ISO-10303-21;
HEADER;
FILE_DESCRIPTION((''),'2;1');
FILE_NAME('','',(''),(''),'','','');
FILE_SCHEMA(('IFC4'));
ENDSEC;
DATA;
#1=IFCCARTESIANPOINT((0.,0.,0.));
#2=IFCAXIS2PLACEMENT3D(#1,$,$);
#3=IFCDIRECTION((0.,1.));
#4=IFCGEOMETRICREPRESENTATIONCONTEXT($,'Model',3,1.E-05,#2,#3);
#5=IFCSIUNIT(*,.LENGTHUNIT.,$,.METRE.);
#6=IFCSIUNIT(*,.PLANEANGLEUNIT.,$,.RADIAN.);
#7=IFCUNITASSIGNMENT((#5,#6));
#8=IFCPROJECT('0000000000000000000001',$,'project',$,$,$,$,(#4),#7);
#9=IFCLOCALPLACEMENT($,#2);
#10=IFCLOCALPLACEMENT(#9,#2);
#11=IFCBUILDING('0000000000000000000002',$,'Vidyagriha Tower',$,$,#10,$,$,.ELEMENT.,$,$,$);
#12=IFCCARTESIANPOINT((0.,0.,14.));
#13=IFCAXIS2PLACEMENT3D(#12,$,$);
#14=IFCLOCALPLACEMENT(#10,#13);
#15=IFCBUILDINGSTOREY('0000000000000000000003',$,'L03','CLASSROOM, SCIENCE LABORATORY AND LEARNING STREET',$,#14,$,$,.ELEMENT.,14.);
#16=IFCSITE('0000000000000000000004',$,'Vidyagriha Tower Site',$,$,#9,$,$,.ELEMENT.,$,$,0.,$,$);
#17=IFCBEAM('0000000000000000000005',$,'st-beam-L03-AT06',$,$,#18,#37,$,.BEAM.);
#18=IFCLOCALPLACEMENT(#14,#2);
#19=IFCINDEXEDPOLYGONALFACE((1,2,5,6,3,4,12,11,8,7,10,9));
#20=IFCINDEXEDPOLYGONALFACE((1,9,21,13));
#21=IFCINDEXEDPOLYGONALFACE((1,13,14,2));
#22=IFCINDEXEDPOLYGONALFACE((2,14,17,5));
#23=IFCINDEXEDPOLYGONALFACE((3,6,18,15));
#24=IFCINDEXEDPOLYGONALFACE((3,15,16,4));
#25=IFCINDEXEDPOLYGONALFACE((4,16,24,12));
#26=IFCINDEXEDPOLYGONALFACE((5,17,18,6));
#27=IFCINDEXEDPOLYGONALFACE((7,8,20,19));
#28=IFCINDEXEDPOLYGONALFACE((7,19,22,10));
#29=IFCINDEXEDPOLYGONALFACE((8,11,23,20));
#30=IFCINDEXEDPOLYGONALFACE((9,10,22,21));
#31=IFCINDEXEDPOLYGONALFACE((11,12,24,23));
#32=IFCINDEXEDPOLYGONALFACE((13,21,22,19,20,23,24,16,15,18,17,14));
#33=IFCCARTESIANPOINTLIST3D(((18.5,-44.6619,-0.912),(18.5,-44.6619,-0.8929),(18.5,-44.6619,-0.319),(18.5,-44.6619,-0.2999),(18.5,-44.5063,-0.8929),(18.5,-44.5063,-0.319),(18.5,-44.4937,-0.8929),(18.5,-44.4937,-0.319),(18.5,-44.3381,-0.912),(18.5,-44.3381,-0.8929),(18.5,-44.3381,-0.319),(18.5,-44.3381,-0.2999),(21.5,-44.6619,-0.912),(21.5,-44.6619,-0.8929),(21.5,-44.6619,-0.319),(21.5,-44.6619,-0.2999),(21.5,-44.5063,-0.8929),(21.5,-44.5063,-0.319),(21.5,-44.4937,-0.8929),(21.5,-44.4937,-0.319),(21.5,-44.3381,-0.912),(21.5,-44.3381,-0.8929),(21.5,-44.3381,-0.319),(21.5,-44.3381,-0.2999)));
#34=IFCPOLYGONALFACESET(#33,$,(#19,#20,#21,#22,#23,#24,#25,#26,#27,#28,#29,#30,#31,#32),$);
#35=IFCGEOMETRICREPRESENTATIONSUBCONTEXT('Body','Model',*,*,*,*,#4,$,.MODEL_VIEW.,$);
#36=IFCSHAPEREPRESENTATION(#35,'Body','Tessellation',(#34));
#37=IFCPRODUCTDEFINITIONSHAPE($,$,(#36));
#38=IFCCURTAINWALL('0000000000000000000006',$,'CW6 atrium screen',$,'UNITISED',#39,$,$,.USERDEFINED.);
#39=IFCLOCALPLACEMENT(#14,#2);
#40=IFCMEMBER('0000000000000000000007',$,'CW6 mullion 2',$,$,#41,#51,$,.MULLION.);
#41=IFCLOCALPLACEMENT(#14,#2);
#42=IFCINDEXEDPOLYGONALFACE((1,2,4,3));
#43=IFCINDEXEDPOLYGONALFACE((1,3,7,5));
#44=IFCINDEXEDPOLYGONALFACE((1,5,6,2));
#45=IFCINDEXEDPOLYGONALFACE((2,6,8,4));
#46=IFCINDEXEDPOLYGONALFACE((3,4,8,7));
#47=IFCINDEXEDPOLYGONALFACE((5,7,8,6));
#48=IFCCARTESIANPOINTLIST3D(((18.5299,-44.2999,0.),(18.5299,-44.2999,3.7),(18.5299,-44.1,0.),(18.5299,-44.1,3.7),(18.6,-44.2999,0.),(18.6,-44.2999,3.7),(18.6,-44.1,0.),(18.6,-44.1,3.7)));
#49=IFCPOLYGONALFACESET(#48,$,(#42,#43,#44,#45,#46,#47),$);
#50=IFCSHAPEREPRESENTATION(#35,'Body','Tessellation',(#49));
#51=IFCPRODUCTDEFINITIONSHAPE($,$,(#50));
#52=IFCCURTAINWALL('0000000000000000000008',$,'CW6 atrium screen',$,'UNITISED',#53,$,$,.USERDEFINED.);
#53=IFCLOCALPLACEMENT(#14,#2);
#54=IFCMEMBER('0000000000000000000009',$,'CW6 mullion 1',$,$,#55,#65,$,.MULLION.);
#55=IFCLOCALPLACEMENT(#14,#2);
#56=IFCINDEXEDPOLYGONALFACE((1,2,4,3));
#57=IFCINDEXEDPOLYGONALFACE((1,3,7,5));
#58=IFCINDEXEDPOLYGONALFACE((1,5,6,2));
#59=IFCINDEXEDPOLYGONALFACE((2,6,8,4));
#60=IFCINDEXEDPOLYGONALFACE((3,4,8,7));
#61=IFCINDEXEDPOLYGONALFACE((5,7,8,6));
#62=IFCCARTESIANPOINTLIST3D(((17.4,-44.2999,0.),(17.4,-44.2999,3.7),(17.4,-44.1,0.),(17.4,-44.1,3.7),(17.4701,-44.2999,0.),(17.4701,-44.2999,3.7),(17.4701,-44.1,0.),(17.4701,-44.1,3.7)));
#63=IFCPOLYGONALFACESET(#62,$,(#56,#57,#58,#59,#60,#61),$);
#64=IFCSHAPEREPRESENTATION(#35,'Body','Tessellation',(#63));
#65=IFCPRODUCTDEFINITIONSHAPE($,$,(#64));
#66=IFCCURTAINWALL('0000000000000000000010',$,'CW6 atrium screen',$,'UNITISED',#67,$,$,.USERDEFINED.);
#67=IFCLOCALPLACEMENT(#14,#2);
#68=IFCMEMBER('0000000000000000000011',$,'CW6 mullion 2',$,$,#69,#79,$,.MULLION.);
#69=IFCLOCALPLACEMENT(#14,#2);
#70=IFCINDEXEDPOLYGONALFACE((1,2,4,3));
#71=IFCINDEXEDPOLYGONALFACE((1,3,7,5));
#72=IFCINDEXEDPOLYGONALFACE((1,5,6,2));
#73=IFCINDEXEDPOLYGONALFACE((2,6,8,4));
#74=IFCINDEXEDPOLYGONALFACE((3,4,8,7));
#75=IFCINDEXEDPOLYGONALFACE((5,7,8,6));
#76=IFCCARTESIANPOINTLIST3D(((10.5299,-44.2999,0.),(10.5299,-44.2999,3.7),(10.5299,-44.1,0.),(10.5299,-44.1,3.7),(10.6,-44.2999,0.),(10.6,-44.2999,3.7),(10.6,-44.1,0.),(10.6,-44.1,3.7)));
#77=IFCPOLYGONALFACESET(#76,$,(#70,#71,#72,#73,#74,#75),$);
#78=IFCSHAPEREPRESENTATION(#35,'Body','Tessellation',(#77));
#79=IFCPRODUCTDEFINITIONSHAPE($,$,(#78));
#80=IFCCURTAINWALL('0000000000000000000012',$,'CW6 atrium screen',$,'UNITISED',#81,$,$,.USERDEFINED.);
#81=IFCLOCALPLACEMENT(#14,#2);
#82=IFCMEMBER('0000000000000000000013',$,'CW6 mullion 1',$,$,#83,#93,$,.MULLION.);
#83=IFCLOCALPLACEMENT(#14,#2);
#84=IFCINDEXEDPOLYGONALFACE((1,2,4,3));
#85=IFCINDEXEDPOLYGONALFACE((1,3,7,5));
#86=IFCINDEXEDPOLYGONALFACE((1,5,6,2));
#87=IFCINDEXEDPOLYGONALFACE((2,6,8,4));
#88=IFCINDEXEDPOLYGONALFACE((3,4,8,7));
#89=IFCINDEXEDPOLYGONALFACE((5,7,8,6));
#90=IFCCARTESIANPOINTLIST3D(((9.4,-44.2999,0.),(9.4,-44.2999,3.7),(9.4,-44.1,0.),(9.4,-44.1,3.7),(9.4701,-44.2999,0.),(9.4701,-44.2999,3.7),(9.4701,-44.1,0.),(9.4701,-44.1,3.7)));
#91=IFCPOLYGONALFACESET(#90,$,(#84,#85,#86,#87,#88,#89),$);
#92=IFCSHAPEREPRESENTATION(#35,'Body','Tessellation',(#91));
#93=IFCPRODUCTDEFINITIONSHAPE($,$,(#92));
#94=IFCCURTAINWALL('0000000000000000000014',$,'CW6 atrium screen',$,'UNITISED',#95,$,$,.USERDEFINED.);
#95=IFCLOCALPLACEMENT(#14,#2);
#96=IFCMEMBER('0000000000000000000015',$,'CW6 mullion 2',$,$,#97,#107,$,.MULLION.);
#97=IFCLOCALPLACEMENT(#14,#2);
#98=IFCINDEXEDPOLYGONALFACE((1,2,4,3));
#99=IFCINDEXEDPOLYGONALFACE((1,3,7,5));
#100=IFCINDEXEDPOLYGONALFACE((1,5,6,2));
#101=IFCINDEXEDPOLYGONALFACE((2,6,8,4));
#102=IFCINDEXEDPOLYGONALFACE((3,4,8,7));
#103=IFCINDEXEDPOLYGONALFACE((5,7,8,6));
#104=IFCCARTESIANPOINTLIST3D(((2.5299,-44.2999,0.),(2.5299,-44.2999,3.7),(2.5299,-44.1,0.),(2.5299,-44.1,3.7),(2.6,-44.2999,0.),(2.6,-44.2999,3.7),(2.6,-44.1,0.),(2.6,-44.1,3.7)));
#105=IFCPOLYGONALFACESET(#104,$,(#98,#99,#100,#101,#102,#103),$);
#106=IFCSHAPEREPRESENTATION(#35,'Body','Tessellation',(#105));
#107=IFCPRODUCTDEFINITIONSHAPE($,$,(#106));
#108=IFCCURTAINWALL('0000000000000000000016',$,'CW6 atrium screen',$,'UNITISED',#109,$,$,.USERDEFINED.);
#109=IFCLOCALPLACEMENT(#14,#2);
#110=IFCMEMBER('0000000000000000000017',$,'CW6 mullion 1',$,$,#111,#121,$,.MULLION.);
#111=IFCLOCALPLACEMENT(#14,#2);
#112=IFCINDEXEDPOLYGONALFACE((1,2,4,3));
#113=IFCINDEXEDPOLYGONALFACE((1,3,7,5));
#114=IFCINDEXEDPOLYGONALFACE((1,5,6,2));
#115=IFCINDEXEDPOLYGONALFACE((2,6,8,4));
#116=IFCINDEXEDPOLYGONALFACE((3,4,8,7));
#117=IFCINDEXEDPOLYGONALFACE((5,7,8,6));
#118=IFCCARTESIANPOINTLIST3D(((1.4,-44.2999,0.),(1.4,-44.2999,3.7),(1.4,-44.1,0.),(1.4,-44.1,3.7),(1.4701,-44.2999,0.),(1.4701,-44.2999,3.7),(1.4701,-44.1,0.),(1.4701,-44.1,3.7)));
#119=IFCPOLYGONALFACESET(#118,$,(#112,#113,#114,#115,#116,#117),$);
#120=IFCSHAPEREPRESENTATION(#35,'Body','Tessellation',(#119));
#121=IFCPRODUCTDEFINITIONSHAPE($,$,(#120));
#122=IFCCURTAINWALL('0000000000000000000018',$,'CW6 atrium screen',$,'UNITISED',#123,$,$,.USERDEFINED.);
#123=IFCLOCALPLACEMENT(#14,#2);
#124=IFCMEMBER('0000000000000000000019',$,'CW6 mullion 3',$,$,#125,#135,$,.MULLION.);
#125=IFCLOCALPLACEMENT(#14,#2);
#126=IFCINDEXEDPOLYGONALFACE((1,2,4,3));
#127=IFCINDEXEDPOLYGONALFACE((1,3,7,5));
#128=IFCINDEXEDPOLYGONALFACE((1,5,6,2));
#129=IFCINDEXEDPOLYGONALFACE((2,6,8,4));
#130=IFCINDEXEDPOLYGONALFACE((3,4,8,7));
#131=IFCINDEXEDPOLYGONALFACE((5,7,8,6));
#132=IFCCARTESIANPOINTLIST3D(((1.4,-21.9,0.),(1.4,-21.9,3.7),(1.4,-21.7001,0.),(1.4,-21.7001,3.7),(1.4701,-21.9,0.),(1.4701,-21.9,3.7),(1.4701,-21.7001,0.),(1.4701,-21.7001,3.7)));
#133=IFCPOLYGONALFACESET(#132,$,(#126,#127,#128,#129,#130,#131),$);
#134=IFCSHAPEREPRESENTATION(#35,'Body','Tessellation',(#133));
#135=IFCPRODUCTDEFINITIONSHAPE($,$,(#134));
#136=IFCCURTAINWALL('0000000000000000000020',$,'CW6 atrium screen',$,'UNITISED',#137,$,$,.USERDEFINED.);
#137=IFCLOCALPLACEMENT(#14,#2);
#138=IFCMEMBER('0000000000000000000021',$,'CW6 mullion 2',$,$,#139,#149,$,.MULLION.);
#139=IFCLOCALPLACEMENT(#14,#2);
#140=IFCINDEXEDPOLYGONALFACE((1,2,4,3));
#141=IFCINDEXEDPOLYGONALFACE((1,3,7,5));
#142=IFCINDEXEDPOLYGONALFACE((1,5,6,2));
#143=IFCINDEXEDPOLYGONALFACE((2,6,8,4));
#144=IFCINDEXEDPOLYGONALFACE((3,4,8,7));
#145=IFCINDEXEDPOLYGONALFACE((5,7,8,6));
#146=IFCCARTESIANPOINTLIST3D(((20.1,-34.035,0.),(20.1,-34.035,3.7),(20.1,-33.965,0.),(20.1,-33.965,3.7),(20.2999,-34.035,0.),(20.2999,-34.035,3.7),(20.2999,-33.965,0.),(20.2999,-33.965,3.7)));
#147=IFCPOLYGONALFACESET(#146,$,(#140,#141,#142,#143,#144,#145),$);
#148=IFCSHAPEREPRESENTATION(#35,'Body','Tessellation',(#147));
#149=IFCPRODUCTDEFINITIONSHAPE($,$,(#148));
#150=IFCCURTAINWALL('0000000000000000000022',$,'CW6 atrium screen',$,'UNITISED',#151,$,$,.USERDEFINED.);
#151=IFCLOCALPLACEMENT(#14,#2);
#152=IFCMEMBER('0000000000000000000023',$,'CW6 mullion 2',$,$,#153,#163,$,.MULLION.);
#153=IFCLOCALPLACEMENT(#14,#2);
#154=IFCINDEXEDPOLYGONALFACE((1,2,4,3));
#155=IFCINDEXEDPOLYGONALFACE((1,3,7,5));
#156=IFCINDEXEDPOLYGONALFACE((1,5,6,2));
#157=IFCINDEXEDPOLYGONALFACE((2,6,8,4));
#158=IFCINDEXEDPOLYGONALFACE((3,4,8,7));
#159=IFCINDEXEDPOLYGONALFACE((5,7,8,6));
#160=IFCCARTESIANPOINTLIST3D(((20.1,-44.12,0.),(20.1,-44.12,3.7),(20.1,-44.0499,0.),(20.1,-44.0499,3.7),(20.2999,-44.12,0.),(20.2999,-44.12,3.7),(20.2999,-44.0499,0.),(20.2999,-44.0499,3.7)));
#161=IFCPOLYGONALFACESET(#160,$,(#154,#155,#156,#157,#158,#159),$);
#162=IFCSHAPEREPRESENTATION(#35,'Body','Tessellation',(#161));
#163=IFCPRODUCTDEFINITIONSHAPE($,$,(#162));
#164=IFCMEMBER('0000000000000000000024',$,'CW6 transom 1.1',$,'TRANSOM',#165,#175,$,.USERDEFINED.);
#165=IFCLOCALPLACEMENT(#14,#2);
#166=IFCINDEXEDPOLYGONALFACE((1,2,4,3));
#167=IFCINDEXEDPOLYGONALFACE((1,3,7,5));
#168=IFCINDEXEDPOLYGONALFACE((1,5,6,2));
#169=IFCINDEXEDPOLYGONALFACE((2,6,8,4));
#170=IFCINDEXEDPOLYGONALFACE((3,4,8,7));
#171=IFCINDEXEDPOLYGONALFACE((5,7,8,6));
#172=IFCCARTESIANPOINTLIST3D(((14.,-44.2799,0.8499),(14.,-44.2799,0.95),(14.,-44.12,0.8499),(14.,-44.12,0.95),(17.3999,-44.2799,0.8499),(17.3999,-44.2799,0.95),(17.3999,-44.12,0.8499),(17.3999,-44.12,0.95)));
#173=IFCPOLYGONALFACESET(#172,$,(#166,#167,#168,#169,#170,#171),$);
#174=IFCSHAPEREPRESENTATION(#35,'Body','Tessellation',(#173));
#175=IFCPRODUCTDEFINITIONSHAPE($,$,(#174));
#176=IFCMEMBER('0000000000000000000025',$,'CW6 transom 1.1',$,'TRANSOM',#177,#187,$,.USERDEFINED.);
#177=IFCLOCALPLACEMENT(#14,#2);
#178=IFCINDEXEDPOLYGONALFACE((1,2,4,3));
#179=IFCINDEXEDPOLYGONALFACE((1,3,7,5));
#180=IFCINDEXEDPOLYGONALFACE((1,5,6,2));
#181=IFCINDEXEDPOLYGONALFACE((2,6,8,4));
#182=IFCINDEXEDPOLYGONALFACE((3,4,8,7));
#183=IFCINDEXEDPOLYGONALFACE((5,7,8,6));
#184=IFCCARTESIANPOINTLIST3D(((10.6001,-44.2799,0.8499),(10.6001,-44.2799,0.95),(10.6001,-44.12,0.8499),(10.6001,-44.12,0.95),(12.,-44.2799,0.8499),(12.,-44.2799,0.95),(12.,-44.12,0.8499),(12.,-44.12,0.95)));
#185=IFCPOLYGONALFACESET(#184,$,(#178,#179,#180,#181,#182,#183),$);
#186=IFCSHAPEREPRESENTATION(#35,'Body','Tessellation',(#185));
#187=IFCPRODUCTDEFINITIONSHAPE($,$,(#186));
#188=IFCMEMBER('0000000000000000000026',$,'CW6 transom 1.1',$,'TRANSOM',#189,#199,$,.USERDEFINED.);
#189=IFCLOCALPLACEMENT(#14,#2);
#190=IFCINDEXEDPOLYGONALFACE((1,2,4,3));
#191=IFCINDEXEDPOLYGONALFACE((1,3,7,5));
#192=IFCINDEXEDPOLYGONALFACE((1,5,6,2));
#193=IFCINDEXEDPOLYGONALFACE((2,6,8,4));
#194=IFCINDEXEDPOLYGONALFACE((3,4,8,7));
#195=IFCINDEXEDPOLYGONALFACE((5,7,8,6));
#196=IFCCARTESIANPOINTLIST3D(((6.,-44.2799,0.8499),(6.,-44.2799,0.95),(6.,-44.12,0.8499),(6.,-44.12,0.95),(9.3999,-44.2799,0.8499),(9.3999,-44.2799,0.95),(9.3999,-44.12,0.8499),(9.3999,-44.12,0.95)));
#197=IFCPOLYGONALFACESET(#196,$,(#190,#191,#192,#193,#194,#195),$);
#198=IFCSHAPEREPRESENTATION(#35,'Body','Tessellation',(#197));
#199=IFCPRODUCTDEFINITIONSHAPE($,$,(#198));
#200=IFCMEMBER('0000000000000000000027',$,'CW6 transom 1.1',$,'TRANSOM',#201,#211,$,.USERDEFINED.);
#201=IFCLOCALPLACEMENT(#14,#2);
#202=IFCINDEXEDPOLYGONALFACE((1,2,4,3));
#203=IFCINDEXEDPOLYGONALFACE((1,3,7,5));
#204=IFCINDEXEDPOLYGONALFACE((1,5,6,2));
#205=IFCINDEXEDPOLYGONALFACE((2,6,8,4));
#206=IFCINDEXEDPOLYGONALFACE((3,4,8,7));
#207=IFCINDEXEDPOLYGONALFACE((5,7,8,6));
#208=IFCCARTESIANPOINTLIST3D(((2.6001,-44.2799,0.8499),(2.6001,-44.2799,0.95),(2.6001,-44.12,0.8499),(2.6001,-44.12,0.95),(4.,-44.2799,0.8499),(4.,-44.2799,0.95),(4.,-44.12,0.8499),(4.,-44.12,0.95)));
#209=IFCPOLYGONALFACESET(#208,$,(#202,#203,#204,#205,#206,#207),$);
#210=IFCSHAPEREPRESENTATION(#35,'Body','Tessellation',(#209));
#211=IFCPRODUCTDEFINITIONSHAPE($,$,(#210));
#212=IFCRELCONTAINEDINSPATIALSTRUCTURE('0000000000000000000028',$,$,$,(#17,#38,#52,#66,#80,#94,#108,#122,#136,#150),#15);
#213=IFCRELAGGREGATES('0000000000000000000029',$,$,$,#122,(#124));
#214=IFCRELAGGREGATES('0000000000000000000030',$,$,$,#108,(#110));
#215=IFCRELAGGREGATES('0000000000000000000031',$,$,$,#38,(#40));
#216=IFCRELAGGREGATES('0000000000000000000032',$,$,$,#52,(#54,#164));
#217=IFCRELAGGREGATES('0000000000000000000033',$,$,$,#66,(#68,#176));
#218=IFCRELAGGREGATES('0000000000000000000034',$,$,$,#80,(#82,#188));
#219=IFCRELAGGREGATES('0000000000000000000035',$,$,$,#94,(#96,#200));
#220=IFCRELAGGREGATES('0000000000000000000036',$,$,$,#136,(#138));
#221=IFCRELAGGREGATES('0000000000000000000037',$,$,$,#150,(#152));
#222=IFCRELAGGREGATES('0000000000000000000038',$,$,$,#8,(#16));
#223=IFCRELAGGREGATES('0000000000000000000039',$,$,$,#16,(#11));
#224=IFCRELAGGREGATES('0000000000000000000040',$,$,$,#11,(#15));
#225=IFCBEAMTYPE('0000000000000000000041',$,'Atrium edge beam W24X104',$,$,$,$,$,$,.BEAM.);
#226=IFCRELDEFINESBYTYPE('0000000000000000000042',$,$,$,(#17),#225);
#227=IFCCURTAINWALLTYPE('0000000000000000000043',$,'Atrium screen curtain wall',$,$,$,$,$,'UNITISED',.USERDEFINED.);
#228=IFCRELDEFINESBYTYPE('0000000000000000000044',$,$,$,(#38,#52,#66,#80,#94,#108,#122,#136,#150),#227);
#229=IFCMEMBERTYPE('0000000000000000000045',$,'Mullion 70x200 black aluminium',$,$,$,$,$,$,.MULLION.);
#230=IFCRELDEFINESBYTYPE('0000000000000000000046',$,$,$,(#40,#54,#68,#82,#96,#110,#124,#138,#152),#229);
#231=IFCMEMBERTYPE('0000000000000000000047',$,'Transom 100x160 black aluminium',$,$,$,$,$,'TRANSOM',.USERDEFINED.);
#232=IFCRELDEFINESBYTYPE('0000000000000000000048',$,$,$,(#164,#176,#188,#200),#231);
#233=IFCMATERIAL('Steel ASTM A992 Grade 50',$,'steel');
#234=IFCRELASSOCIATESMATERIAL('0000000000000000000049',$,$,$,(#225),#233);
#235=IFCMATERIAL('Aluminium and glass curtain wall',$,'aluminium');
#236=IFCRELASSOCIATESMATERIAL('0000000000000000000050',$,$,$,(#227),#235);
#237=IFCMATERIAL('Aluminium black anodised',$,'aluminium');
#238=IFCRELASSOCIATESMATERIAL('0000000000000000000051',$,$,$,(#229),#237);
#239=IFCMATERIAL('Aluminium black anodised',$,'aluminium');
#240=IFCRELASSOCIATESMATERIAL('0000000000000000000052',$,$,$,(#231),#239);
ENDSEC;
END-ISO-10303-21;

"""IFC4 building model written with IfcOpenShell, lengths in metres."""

from ifc_helpers import new_model, si_unit, direction, frame, origin, origin_2d, place, context, subcontext, project, spatial, rectangle, i_section, extrude, material, material_profile, profile_set, type_object, element, aggregate, save


model = new_model("IFC4")

# Units and contexts
model_context = context("Model", 3, precision=1e-05, world=origin(), true_north=direction((0.0, 1.0)))
body_context = subcontext(model_context, "Body", "Model", "MODEL_VIEW")
ifc_project = project(units=[si_unit("LENGTHUNIT", "METRE"), si_unit("PLANEANGLEUNIT", "RADIAN")], contexts=[model_context])

# Site, building, storey
site_placement = place(None, origin())
site = spatial("IfcSite", under=ifc_project, at=site_placement, Name="Vidyagriha Tower Site", CompositionType="ELEMENT", RefElevation=0.0)
building_placement = place(site_placement, origin())
building = spatial("IfcBuilding", under=site, at=building_placement, Name="Vidyagriha Tower", CompositionType="ELEMENT")
storey_placement = place(building_placement, frame((0.0, 0.0, 14.0)))
storey = spatial("IfcBuildingStorey", under=building, at=storey_placement, Name="L03", Description="CLASSROOM, SCIENCE LABORATORY AND LEARNING STREET", CompositionType="ELEMENT", Elevation=14.0)

# Beam
ifc_material_1 = material(Name="Steel ASTM A992 Grade 50", Category="steel")
ifc_material_profile_1 = material_profile(ifc_material_1, i_section(OverallWidth=0.3237, OverallDepth=0.6121, WebThickness=0.0127, FlangeThickness=0.019, at=origin_2d()), Name="W24X104")
ifc_profile_set_1 = profile_set([ifc_material_profile_1], Name="Steel ASTM A992 Grade 50")
beam_type = type_object("IfcBeamType", Name="Atrium edge beam W24X104", PredefinedType="BEAM", material=ifc_profile_set_1)
beam_placement = place(storey_placement, frame((18.5, -44.5, -0.606), z_axis=(1.0, 0.0, 0.0), x_axis=(0.0, 1.0, 0.0)))
element("IfcBeam", 1, at=beam_placement, inside=storey, type_object=beam_type, Name="st-beam-L03-AT06", PredefinedType="BEAM", context=body_context, shape_type="SweptSolid", body=[
    extrude(i_section(OverallWidth=0.3237, OverallDepth=0.6121, WebThickness=0.0127, FlangeThickness=0.019, at=origin_2d()), origin(), (0.0, 0.0, 1.0), 3.0),
])

# Curtain walls, members
ifc_material_2 = material(Name="Aluminium and glass curtain wall", Category="aluminium")
curtain_wall_type = type_object("IfcCurtainWallType", Name="Atrium screen curtain wall", ElementType="UNITISED", PredefinedType="USERDEFINED", material=ifc_material_2)
curtain_wall_1_placement = place(storey_placement, origin())
curtain_wall_1 = element("IfcCurtainWall", 2, at=curtain_wall_1_placement, inside=storey, type_object=curtain_wall_type, Name="CW6 atrium screen", ObjectType="UNITISED", PredefinedType="USERDEFINED")
ifc_material_3 = material(Name="Aluminium black anodised", Category="aluminium")
ifc_material_profile_2 = material_profile(ifc_material_3, rectangle(XDim=0.2, YDim=0.0701, at=origin_2d()), Name="Mullion 70x200 black aluminium")
ifc_profile_set_2 = profile_set([ifc_material_profile_2], Name="Aluminium black anodised")
member_type_1 = type_object("IfcMemberType", Name="Mullion 70x200 black aluminium", PredefinedType="MULLION", material=ifc_profile_set_2)
member_1_placement = place(storey_placement, frame((18.5649, -44.2, 0.0), z_axis=(0.0, 0.0, 1.0), x_axis=(0.0, -1.0, 0.0)))
member_1 = element("IfcMember", 3, at=member_1_placement, type_object=member_type_1, Name="CW6 mullion 2", PredefinedType="MULLION", context=body_context, shape_type="SweptSolid", body=[
    extrude(rectangle(XDim=0.2, YDim=0.0701, at=origin_2d()), origin(), (0.0, 0.0, 1.0), 3.7),
])
curtain_wall_2_placement = place(storey_placement, origin())
curtain_wall_2 = element("IfcCurtainWall", 4, at=curtain_wall_2_placement, inside=storey, type_object=curtain_wall_type, Name="CW6 atrium screen", ObjectType="UNITISED", PredefinedType="USERDEFINED")
member_2_placement = place(storey_placement, frame((17.4351, -44.2, 0.0), z_axis=(0.0, 0.0, 1.0), x_axis=(0.0, -1.0, 0.0)))
member_2 = element("IfcMember", 5, at=member_2_placement, type_object=member_type_1, Name="CW6 mullion 1", PredefinedType="MULLION", context=body_context, shape_type="SweptSolid", body=[
    extrude(rectangle(XDim=0.2, YDim=0.0701, at=origin_2d()), origin(), (0.0, 0.0, 1.0), 3.7),
])
curtain_wall_3_placement = place(storey_placement, origin())
curtain_wall_3 = element("IfcCurtainWall", 6, at=curtain_wall_3_placement, inside=storey, type_object=curtain_wall_type, Name="CW6 atrium screen", ObjectType="UNITISED", PredefinedType="USERDEFINED")
member_3_placement = place(storey_placement, frame((10.5649, -44.2, 0.0), z_axis=(0.0, 0.0, 1.0), x_axis=(0.0, -1.0, 0.0)))
member_3 = element("IfcMember", 7, at=member_3_placement, type_object=member_type_1, Name="CW6 mullion 2", PredefinedType="MULLION", context=body_context, shape_type="SweptSolid", body=[
    extrude(rectangle(XDim=0.2, YDim=0.0701, at=origin_2d()), origin(), (0.0, 0.0, 1.0), 3.7),
])
curtain_wall_4_placement = place(storey_placement, origin())
curtain_wall_4 = element("IfcCurtainWall", 8, at=curtain_wall_4_placement, inside=storey, type_object=curtain_wall_type, Name="CW6 atrium screen", ObjectType="UNITISED", PredefinedType="USERDEFINED")
member_4_placement = place(storey_placement, frame((9.4351, -44.2, 0.0), z_axis=(0.0, 0.0, 1.0), x_axis=(0.0, -1.0, 0.0)))
member_4 = element("IfcMember", 9, at=member_4_placement, type_object=member_type_1, Name="CW6 mullion 1", PredefinedType="MULLION", context=body_context, shape_type="SweptSolid", body=[
    extrude(rectangle(XDim=0.2, YDim=0.0701, at=origin_2d()), origin(), (0.0, 0.0, 1.0), 3.7),
])
curtain_wall_5_placement = place(storey_placement, origin())
curtain_wall_5 = element("IfcCurtainWall", 10, at=curtain_wall_5_placement, inside=storey, type_object=curtain_wall_type, Name="CW6 atrium screen", ObjectType="UNITISED", PredefinedType="USERDEFINED")
member_5_placement = place(storey_placement, frame((2.5649, -44.2, 0.0), z_axis=(0.0, 0.0, 1.0), x_axis=(0.0, -1.0, 0.0)))
member_5 = element("IfcMember", 11, at=member_5_placement, type_object=member_type_1, Name="CW6 mullion 2", PredefinedType="MULLION", context=body_context, shape_type="SweptSolid", body=[
    extrude(rectangle(XDim=0.2, YDim=0.0701, at=origin_2d()), origin(), (0.0, 0.0, 1.0), 3.7),
])
curtain_wall_6_placement = place(storey_placement, origin())
curtain_wall_6 = element("IfcCurtainWall", 12, at=curtain_wall_6_placement, inside=storey, type_object=curtain_wall_type, Name="CW6 atrium screen", ObjectType="UNITISED", PredefinedType="USERDEFINED")
member_6_placement = place(storey_placement, frame((1.4351, -44.2, 0.0), z_axis=(0.0, 0.0, 1.0), x_axis=(0.0, -1.0, 0.0)))
member_6 = element("IfcMember", 13, at=member_6_placement, type_object=member_type_1, Name="CW6 mullion 1", PredefinedType="MULLION", context=body_context, shape_type="SweptSolid", body=[
    extrude(rectangle(XDim=0.2, YDim=0.0701, at=origin_2d()), origin(), (0.0, 0.0, 1.0), 3.7),
])
curtain_wall_7_placement = place(storey_placement, origin())
curtain_wall_7 = element("IfcCurtainWall", 14, at=curtain_wall_7_placement, inside=storey, type_object=curtain_wall_type, Name="CW6 atrium screen", ObjectType="UNITISED", PredefinedType="USERDEFINED")
member_7_placement = place(storey_placement, frame((1.4351, -21.8, 0.0), z_axis=(0.0, 0.0, 1.0), x_axis=(0.0, 1.0, 0.0)))
member_7 = element("IfcMember", 15, at=member_7_placement, type_object=member_type_1, Name="CW6 mullion 3", PredefinedType="MULLION", context=body_context, shape_type="SweptSolid", body=[
    extrude(rectangle(XDim=0.2, YDim=0.0701, at=origin_2d()), origin(), (0.0, 0.0, 1.0), 3.7),
])
aggregate(curtain_wall_7, [member_7])
curtain_wall_8_placement = place(storey_placement, origin())
curtain_wall_8 = element("IfcCurtainWall", 16, at=curtain_wall_8_placement, inside=storey, type_object=curtain_wall_type, Name="CW6 atrium screen", ObjectType="UNITISED", PredefinedType="USERDEFINED")
member_8_placement = place(storey_placement, frame((20.2, -34.0, 0.0)))
member_8 = element("IfcMember", 17, at=member_8_placement, type_object=member_type_1, Name="CW6 mullion 2", PredefinedType="MULLION", context=body_context, shape_type="SweptSolid", body=[
    extrude(rectangle(XDim=0.2, YDim=0.0701, at=origin_2d()), origin(), (0.0, 0.0, 1.0), 3.7),
])
curtain_wall_9_placement = place(storey_placement, origin())
curtain_wall_9 = element("IfcCurtainWall", 18, at=curtain_wall_9_placement, inside=storey, type_object=curtain_wall_type, Name="CW6 atrium screen", ObjectType="UNITISED", PredefinedType="USERDEFINED")
member_9_placement = place(storey_placement, frame((20.2, -44.085, 0.0)))
member_9 = element("IfcMember", 19, at=member_9_placement, type_object=member_type_1, Name="CW6 mullion 2", PredefinedType="MULLION", context=body_context, shape_type="SweptSolid", body=[
    extrude(rectangle(XDim=0.2, YDim=0.0701, at=origin_2d()), origin(), (0.0, 0.0, 1.0), 3.7),
])

# Members
ifc_material_4 = material(Name="Aluminium black anodised", Category="aluminium")
ifc_material_profile_3 = material_profile(ifc_material_4, rectangle(XDim=0.1599, YDim=0.1001, at=origin_2d()), Name="Transom 100x160 black aluminium")
ifc_profile_set_3 = profile_set([ifc_material_profile_3], Name="Aluminium black anodised")
member_type_2 = type_object("IfcMemberType", Name="Transom 100x160 black aluminium", ElementType="TRANSOM", PredefinedType="USERDEFINED", material=ifc_profile_set_3)
member_10_placement = place(storey_placement, frame((17.3999, -44.2, 0.8999), z_axis=(-1.0, 0.0, 0.0), x_axis=(0.0, -1.0, 0.0)))
member_10 = element("IfcMember", 20, at=member_10_placement, type_object=member_type_2, Name="CW6 transom 1.1", ObjectType="TRANSOM", PredefinedType="USERDEFINED", context=body_context, shape_type="SweptSolid", body=[
    extrude(rectangle(XDim=0.1599, YDim=0.1001, at=origin_2d()), origin(), (0.0, 0.0, 1.0), 3.3999),
])
member_11_placement = place(storey_placement, frame((12.0, -44.2, 0.8999), z_axis=(-1.0, 0.0, 0.0), x_axis=(0.0, -1.0, 0.0)))
member_11 = element("IfcMember", 21, at=member_11_placement, type_object=member_type_2, Name="CW6 transom 1.1", ObjectType="TRANSOM", PredefinedType="USERDEFINED", context=body_context, shape_type="SweptSolid", body=[
    extrude(rectangle(XDim=0.1599, YDim=0.1001, at=origin_2d()), origin(), (0.0, 0.0, 1.0), 1.3999),
])
member_12_placement = place(storey_placement, frame((9.3999, -44.2, 0.8999), z_axis=(-1.0, 0.0, 0.0), x_axis=(0.0, -1.0, 0.0)))
member_12 = element("IfcMember", 22, at=member_12_placement, type_object=member_type_2, Name="CW6 transom 1.1", ObjectType="TRANSOM", PredefinedType="USERDEFINED", context=body_context, shape_type="SweptSolid", body=[
    extrude(rectangle(XDim=0.1599, YDim=0.1001, at=origin_2d()), origin(), (0.0, 0.0, 1.0), 3.3999),
])
member_13_placement = place(storey_placement, frame((4.0, -44.2, 0.8999), z_axis=(-1.0, 0.0, 0.0), x_axis=(0.0, -1.0, 0.0)))
member_13 = element("IfcMember", 23, at=member_13_placement, type_object=member_type_2, Name="CW6 transom 1.1", ObjectType="TRANSOM", PredefinedType="USERDEFINED", context=body_context, shape_type="SweptSolid", body=[
    extrude(rectangle(XDim=0.1599, YDim=0.1001, at=origin_2d()), origin(), (0.0, 0.0, 1.0), 1.3999),
])
aggregate(curtain_wall_6, [member_6])

aggregate(curtain_wall_1, [member_1])
aggregate(curtain_wall_2, [member_2, member_10])
aggregate(curtain_wall_3, [member_3, member_11])
aggregate(curtain_wall_4, [member_4, member_12])
aggregate(curtain_wall_5, [member_5, member_13])
aggregate(curtain_wall_8, [member_8])
aggregate(curtain_wall_9, [member_9])

save(model, "model.ifc")
